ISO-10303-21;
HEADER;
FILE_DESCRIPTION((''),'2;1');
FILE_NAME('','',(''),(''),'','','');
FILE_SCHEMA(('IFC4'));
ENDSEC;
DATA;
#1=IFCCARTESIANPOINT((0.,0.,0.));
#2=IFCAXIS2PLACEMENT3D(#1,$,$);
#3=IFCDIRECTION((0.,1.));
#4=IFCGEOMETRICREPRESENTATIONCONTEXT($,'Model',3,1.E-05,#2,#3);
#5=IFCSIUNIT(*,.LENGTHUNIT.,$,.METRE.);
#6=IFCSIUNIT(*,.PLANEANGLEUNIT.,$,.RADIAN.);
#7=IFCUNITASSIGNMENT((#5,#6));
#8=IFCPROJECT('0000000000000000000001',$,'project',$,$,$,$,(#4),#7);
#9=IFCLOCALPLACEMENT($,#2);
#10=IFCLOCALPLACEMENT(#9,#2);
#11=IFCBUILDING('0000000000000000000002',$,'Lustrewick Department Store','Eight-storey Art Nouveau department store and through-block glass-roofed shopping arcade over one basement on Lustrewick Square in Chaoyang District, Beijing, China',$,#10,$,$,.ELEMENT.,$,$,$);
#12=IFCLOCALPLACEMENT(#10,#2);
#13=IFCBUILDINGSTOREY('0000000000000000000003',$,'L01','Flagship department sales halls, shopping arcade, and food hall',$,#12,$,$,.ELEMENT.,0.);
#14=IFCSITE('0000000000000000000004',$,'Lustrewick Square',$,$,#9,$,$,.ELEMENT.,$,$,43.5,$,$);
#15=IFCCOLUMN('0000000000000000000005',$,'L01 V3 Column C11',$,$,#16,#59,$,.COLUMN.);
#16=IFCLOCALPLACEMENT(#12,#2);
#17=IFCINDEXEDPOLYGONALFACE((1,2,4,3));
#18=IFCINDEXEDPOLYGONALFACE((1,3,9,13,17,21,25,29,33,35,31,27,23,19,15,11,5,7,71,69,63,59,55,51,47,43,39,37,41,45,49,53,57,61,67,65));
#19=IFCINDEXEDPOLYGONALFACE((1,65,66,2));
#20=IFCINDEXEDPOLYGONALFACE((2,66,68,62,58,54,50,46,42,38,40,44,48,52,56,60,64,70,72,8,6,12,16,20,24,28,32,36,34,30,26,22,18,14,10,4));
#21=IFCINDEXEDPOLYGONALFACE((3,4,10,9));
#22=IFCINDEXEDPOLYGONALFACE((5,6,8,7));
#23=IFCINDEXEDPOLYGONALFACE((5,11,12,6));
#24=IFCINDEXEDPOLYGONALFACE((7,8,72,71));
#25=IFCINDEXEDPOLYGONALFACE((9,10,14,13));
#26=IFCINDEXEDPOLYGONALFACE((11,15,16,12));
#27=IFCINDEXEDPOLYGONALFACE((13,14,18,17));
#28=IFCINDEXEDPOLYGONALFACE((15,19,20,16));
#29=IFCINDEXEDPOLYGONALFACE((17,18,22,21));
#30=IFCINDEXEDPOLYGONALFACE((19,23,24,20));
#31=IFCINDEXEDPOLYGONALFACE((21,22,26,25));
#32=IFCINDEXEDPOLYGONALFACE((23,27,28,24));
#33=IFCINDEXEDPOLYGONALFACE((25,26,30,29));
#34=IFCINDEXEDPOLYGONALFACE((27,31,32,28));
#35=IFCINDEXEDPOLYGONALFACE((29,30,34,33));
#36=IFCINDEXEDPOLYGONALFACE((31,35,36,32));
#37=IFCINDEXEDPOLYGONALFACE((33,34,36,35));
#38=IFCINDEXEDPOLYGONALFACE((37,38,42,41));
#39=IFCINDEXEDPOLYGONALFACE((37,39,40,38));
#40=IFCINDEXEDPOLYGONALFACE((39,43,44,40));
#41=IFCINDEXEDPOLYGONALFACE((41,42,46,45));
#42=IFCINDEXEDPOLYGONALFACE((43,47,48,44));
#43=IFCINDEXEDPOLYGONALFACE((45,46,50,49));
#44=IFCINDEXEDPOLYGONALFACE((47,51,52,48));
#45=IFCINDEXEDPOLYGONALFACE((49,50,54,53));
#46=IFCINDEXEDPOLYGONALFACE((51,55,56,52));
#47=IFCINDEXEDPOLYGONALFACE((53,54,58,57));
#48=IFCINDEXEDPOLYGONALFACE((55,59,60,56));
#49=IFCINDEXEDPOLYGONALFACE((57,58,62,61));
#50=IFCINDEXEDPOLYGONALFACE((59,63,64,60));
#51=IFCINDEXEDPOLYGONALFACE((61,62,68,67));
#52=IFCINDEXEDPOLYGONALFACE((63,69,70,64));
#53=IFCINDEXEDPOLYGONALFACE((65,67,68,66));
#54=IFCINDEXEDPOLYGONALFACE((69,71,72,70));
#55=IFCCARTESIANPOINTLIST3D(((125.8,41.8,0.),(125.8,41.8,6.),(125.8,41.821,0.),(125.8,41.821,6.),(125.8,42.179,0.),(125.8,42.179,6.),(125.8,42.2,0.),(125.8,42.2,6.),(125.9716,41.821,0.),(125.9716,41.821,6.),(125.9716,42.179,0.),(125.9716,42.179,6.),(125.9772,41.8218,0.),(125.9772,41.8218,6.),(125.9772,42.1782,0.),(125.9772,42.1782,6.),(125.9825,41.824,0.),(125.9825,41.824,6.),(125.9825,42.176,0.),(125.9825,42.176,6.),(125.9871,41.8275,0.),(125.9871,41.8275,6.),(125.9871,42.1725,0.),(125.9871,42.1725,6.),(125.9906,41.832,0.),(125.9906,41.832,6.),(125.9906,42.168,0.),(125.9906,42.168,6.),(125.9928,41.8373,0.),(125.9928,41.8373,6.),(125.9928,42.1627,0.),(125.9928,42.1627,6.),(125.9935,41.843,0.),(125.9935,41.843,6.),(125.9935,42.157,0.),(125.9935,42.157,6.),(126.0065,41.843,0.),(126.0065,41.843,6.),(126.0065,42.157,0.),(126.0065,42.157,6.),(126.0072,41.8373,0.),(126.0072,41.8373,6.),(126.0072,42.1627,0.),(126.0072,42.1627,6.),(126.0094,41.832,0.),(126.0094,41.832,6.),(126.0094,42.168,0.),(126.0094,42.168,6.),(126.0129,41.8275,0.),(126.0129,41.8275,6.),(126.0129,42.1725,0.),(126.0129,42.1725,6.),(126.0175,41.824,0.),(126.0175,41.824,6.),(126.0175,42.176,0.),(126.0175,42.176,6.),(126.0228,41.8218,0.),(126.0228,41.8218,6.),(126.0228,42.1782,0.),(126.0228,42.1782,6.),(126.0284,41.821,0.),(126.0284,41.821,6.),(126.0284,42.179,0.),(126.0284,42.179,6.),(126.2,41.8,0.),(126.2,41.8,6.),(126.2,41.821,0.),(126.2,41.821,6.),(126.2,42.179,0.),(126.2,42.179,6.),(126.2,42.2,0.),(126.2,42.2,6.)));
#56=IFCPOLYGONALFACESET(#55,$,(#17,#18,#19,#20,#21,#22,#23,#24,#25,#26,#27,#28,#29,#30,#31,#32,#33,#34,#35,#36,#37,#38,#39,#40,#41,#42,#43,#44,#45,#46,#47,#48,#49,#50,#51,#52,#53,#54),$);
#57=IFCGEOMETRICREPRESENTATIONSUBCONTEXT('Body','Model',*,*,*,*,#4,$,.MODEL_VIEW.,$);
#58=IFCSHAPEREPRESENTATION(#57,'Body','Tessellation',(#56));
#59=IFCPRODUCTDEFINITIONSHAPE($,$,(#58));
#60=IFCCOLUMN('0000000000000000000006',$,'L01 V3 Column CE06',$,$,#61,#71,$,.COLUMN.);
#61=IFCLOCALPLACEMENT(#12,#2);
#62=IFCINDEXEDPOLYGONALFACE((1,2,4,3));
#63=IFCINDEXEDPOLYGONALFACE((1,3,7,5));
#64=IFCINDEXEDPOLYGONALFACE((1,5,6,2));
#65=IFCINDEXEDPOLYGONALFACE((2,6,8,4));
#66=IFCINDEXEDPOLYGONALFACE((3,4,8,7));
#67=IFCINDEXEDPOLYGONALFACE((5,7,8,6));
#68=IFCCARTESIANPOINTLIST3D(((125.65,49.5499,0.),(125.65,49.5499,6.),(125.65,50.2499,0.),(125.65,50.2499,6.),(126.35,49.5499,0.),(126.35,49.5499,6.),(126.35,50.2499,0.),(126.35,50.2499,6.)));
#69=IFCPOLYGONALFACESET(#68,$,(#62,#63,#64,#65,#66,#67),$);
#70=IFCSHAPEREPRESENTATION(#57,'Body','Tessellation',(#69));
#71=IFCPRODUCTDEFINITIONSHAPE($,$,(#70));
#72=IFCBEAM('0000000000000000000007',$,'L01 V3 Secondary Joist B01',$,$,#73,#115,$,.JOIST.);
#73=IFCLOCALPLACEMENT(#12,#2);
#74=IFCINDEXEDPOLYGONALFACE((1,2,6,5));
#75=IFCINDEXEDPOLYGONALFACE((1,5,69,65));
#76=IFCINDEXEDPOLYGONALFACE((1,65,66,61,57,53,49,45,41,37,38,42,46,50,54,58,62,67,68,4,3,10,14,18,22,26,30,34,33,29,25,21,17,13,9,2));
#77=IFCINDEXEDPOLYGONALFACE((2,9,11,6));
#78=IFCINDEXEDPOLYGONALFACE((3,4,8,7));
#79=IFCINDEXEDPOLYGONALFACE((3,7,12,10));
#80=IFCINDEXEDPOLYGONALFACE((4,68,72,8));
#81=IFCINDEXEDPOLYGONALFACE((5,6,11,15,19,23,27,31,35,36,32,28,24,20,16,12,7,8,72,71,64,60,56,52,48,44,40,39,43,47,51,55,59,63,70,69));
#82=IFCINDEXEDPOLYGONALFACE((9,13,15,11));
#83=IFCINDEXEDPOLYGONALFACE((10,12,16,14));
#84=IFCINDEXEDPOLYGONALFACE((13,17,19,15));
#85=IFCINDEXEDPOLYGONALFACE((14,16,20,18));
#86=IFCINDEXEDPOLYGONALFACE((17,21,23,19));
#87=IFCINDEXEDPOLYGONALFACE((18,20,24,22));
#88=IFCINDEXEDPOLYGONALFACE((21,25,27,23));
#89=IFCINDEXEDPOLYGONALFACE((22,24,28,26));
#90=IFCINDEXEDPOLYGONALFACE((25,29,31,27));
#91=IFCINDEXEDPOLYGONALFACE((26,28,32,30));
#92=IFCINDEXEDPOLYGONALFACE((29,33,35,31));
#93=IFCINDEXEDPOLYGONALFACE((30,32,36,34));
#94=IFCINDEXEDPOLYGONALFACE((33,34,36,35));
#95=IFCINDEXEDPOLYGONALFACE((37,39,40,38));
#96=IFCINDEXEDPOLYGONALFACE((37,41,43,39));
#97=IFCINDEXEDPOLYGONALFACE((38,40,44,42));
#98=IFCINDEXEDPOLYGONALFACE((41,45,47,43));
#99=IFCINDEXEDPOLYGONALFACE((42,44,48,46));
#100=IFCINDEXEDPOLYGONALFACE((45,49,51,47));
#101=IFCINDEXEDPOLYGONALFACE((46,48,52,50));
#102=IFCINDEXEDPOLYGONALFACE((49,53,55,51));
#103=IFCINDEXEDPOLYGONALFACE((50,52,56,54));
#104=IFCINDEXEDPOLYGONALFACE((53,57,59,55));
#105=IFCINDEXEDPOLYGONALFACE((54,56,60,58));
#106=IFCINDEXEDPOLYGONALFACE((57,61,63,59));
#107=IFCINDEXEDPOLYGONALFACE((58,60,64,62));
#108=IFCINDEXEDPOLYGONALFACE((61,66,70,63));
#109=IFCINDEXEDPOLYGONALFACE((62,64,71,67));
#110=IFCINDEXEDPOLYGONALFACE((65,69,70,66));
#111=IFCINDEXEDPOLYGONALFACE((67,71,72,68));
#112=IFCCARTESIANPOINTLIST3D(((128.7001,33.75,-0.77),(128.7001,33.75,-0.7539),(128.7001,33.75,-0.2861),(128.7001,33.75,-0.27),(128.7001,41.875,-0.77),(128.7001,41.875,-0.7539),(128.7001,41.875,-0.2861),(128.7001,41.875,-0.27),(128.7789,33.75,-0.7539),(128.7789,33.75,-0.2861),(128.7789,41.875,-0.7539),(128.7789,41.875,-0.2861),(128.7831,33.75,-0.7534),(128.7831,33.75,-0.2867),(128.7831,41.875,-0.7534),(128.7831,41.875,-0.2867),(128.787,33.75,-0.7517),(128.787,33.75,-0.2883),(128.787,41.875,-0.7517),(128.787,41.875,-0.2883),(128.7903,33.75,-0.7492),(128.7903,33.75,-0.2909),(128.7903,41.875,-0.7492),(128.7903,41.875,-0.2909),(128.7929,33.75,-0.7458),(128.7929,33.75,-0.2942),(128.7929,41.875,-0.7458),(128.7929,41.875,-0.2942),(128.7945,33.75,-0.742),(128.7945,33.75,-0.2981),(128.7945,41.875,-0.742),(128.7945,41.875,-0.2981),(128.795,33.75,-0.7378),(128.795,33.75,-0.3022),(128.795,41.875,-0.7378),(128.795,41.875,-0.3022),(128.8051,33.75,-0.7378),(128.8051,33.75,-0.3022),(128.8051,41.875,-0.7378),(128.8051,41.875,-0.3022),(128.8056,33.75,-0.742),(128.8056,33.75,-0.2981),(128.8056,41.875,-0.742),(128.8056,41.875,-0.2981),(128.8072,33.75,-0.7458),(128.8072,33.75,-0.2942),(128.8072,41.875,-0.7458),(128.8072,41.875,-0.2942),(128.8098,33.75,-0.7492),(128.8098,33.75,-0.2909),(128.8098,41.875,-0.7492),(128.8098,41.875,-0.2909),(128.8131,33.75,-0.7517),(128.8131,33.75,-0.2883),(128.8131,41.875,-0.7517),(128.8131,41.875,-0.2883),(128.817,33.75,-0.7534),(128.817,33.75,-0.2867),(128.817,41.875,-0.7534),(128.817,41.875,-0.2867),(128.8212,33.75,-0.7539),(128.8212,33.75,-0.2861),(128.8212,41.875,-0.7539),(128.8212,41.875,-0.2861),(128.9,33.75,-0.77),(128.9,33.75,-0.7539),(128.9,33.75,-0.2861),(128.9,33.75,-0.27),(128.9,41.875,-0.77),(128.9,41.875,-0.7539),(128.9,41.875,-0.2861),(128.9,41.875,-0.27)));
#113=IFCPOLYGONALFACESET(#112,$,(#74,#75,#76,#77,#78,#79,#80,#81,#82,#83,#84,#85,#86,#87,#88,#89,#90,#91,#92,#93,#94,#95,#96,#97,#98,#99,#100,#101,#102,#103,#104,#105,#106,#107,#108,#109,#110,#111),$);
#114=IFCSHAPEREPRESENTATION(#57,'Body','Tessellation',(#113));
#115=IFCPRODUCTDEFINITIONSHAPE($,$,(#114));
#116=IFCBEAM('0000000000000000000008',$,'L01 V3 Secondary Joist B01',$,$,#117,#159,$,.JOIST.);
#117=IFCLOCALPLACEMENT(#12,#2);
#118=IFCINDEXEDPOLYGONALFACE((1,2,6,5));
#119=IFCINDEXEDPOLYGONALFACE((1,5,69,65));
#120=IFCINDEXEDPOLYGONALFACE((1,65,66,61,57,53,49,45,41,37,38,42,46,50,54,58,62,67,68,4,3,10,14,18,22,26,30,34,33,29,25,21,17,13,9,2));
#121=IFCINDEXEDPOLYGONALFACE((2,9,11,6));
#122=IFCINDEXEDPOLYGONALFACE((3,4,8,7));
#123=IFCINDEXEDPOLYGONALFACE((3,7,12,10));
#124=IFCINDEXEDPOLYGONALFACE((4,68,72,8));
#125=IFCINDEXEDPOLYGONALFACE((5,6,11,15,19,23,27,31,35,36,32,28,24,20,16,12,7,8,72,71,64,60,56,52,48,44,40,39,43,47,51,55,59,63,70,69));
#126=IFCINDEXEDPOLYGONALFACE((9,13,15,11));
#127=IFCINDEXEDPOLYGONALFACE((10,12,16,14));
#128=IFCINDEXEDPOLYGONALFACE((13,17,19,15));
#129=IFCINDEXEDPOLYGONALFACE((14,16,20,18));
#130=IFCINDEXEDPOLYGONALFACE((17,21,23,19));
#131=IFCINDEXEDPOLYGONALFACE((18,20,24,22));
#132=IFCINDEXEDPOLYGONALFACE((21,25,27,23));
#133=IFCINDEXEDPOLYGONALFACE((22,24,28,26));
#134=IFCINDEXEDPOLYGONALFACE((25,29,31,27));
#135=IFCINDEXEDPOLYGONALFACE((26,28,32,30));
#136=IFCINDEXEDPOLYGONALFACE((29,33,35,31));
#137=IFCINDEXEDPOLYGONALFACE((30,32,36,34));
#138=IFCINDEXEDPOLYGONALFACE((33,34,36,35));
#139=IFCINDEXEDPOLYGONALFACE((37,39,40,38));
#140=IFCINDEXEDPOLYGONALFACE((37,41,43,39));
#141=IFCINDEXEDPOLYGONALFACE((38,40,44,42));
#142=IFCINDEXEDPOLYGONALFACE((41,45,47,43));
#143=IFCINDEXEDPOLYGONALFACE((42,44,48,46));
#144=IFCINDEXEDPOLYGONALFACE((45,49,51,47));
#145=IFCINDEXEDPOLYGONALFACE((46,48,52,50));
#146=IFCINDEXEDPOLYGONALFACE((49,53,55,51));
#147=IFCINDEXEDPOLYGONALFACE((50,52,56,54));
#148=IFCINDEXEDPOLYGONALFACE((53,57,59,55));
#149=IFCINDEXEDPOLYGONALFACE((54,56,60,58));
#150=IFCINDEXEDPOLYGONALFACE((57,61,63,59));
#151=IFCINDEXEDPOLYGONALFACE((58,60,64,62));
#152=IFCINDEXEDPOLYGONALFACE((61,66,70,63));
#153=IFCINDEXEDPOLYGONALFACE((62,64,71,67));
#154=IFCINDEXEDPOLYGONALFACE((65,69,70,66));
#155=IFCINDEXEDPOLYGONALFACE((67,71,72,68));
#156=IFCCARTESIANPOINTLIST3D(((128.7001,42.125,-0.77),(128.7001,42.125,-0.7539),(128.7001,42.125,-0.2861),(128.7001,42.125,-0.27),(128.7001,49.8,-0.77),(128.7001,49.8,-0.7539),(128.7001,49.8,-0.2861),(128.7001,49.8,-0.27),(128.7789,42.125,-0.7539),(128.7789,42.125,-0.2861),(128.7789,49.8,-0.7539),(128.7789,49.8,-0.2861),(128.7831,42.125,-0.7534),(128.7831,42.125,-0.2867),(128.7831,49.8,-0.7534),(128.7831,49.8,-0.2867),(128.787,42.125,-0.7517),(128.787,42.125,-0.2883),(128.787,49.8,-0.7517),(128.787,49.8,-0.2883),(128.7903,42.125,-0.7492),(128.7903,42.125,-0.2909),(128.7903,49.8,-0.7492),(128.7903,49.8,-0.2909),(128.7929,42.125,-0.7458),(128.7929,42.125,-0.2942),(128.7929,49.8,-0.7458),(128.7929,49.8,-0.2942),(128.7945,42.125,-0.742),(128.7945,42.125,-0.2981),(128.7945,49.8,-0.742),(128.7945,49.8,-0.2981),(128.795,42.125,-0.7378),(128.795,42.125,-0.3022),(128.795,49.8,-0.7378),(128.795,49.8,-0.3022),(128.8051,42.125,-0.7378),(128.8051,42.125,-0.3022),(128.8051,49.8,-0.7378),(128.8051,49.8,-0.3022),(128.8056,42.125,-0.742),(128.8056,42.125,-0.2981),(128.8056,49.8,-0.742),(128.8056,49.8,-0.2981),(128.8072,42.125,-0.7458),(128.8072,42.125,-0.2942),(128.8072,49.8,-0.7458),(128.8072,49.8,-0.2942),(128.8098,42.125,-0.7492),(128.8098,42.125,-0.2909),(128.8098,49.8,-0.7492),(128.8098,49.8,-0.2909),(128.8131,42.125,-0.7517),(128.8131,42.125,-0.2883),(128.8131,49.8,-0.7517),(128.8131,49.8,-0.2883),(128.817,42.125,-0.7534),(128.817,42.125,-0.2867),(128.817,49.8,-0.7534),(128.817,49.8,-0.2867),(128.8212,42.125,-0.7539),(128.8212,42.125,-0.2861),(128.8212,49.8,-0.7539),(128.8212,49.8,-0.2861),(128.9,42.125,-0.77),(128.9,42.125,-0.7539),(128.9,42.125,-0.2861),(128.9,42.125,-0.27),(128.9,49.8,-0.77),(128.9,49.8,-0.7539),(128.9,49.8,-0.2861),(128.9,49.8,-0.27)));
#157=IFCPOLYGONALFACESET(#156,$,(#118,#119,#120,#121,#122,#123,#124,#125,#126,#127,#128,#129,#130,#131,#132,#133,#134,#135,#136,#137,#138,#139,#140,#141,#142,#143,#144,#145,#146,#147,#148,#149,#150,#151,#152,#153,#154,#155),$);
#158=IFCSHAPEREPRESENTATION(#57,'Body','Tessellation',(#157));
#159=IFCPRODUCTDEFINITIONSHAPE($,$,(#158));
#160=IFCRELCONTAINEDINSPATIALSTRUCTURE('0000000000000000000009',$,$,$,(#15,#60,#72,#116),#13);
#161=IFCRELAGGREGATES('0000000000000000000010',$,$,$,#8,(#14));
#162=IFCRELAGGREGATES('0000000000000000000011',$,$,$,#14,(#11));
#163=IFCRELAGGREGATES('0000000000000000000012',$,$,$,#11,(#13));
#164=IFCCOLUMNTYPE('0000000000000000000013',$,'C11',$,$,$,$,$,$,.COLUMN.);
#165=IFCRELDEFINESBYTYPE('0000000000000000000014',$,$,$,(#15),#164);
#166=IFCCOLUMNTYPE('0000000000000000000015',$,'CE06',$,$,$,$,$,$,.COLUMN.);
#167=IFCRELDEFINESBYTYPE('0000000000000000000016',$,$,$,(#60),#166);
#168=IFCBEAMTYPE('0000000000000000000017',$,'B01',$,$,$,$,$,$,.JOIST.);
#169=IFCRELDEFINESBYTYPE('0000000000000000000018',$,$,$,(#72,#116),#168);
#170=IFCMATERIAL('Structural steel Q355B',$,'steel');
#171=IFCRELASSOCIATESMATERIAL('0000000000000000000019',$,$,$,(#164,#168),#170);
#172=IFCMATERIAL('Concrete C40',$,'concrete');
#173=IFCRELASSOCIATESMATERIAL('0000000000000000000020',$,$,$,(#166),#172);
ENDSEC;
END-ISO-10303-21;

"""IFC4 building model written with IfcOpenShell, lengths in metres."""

from ifc_helpers import new_model, si_unit, direction, frame, origin, origin_2d, place, context, subcontext, project, spatial, rectangle, i_section, extrude, material, material_profile, profile_set, type_object, element, save


model = new_model("IFC4")

# Units and contexts
model_context = context("Model", 3, precision=1e-05, world=origin(), true_north=direction((0.0, 1.0)))
body_context = subcontext(model_context, "Body", "Model", "MODEL_VIEW")
ifc_project = project(units=[si_unit("LENGTHUNIT", "METRE"), si_unit("PLANEANGLEUNIT", "RADIAN")], contexts=[model_context])

# Site, building, storey
site_placement = place(None, origin())
site = spatial("IfcSite", under=ifc_project, at=site_placement, Name="Lustrewick Square", CompositionType="ELEMENT", RefElevation=43.5)
building_placement = place(site_placement, origin())
building = spatial("IfcBuilding", under=site, at=building_placement, Name="Lustrewick Department Store", Description="Eight-storey Art Nouveau department store and through-block glass-roofed shopping arcade over one basement on Lustrewick Square in Chaoyang District, Beijing, China", CompositionType="ELEMENT")
storey_placement = place(building_placement, origin())
storey = spatial("IfcBuildingStorey", under=building, at=storey_placement, Name="L01", Description="Flagship department sales halls, shopping arcade, and food hall", CompositionType="ELEMENT", Elevation=0.0)

# Columns
ifc_material_1 = material(Name="Structural steel Q355B", Category="steel")
ifc_material_profile_1 = material_profile(ifc_material_1, i_section(OverallWidth=0.3999, OverallDepth=0.3999, WebThickness=0.0129, FlangeThickness=0.021, FilletRadius=0.022, at=origin_2d()), Name="HW 400x400x13x21")
ifc_profile_set_1 = profile_set([ifc_material_profile_1], Name="Structural steel Q355B")
column_type_1 = type_object("IfcColumnType", Name="C11", PredefinedType="COLUMN", material=ifc_profile_set_1)
column_1_placement = place(storey_placement, frame((126.0, 42.0, 0.0), z_axis=(0.0, 0.0, 1.0), x_axis=(1.0, 0.0, 0.0)))
element("IfcColumn", 1, at=column_1_placement, inside=storey, type_object=column_type_1, Name="L01 V3 Column C11", PredefinedType="COLUMN", context=body_context, shape_type="SweptSolid", body=[
    extrude(i_section(OverallWidth=0.3999, OverallDepth=0.3999, WebThickness=0.0129, FlangeThickness=0.021, FilletRadius=0.022, at=origin_2d()), origin(), (0.0, 0.0, 1.0), 6.0),
])
ifc_material_2 = material(Name="Concrete C40", Category="concrete")
ifc_material_profile_2 = material_profile(ifc_material_2, rectangle(XDim=0.7, YDim=0.7, at=origin_2d()), Name="RC 700x700")
ifc_profile_set_2 = profile_set([ifc_material_profile_2], Name="Concrete C40")
column_type_2 = type_object("IfcColumnType", Name="CE06", PredefinedType="COLUMN", material=ifc_profile_set_2)
column_2_placement = place(storey_placement, frame((126.0, 49.8999, 0.0), z_axis=(0.0, 0.0, 1.0), x_axis=(1.0, 0.0, 0.0)))
element("IfcColumn", 2, at=column_2_placement, inside=storey, type_object=column_type_2, Name="L01 V3 Column CE06", PredefinedType="COLUMN", context=body_context, shape_type="SweptSolid", body=[
    extrude(rectangle(XDim=0.7, YDim=0.7, at=origin_2d()), origin(), (0.0, 0.0, 1.0), 6.0),
])

# Beams
ifc_material_profile_3 = material_profile(ifc_material_1, i_section(OverallWidth=0.2, OverallDepth=0.5, WebThickness=0.01, FlangeThickness=0.0161, FilletRadius=0.0161, at=origin_2d()), Name="HN 500x200x10x16")
ifc_profile_set_3 = profile_set([ifc_material_profile_3], Name="Structural steel Q355B")
beam_type_1 = type_object("IfcBeamType", Name="B01", PredefinedType="JOIST", material=ifc_profile_set_3)
beam_1_placement = place(storey_placement, frame((128.8, 33.75, -0.52), z_axis=(0.0, 1.0, 0.0), x_axis=(-1.0, 0.0, 0.0)))
element("IfcBeam", 3, at=beam_1_placement, inside=storey, type_object=beam_type_1, Name="L01 V3 Secondary Joist B01", PredefinedType="JOIST", context=body_context, shape_type="SweptSolid", body=[
    extrude(i_section(OverallWidth=0.2, OverallDepth=0.5, WebThickness=0.01, FlangeThickness=0.0161, FilletRadius=0.0161, at=origin_2d()), origin(), (0.0, 0.0, 1.0), 8.125),
])
beam_2_placement = place(storey_placement, frame((128.8, 42.125, -0.52), z_axis=(0.0, 1.0, 0.0), x_axis=(-1.0, 0.0, 0.0)))
element("IfcBeam", 4, at=beam_2_placement, inside=storey, type_object=beam_type_1, Name="L01 V3 Secondary Joist B01", PredefinedType="JOIST", context=body_context, shape_type="SweptSolid", body=[
    extrude(i_section(OverallWidth=0.2, OverallDepth=0.5, WebThickness=0.01, FlangeThickness=0.0161, FilletRadius=0.0161, at=origin_2d()), origin(), (0.0, 0.0, 1.0), 7.675),
])

save(model, "model.ifc")
